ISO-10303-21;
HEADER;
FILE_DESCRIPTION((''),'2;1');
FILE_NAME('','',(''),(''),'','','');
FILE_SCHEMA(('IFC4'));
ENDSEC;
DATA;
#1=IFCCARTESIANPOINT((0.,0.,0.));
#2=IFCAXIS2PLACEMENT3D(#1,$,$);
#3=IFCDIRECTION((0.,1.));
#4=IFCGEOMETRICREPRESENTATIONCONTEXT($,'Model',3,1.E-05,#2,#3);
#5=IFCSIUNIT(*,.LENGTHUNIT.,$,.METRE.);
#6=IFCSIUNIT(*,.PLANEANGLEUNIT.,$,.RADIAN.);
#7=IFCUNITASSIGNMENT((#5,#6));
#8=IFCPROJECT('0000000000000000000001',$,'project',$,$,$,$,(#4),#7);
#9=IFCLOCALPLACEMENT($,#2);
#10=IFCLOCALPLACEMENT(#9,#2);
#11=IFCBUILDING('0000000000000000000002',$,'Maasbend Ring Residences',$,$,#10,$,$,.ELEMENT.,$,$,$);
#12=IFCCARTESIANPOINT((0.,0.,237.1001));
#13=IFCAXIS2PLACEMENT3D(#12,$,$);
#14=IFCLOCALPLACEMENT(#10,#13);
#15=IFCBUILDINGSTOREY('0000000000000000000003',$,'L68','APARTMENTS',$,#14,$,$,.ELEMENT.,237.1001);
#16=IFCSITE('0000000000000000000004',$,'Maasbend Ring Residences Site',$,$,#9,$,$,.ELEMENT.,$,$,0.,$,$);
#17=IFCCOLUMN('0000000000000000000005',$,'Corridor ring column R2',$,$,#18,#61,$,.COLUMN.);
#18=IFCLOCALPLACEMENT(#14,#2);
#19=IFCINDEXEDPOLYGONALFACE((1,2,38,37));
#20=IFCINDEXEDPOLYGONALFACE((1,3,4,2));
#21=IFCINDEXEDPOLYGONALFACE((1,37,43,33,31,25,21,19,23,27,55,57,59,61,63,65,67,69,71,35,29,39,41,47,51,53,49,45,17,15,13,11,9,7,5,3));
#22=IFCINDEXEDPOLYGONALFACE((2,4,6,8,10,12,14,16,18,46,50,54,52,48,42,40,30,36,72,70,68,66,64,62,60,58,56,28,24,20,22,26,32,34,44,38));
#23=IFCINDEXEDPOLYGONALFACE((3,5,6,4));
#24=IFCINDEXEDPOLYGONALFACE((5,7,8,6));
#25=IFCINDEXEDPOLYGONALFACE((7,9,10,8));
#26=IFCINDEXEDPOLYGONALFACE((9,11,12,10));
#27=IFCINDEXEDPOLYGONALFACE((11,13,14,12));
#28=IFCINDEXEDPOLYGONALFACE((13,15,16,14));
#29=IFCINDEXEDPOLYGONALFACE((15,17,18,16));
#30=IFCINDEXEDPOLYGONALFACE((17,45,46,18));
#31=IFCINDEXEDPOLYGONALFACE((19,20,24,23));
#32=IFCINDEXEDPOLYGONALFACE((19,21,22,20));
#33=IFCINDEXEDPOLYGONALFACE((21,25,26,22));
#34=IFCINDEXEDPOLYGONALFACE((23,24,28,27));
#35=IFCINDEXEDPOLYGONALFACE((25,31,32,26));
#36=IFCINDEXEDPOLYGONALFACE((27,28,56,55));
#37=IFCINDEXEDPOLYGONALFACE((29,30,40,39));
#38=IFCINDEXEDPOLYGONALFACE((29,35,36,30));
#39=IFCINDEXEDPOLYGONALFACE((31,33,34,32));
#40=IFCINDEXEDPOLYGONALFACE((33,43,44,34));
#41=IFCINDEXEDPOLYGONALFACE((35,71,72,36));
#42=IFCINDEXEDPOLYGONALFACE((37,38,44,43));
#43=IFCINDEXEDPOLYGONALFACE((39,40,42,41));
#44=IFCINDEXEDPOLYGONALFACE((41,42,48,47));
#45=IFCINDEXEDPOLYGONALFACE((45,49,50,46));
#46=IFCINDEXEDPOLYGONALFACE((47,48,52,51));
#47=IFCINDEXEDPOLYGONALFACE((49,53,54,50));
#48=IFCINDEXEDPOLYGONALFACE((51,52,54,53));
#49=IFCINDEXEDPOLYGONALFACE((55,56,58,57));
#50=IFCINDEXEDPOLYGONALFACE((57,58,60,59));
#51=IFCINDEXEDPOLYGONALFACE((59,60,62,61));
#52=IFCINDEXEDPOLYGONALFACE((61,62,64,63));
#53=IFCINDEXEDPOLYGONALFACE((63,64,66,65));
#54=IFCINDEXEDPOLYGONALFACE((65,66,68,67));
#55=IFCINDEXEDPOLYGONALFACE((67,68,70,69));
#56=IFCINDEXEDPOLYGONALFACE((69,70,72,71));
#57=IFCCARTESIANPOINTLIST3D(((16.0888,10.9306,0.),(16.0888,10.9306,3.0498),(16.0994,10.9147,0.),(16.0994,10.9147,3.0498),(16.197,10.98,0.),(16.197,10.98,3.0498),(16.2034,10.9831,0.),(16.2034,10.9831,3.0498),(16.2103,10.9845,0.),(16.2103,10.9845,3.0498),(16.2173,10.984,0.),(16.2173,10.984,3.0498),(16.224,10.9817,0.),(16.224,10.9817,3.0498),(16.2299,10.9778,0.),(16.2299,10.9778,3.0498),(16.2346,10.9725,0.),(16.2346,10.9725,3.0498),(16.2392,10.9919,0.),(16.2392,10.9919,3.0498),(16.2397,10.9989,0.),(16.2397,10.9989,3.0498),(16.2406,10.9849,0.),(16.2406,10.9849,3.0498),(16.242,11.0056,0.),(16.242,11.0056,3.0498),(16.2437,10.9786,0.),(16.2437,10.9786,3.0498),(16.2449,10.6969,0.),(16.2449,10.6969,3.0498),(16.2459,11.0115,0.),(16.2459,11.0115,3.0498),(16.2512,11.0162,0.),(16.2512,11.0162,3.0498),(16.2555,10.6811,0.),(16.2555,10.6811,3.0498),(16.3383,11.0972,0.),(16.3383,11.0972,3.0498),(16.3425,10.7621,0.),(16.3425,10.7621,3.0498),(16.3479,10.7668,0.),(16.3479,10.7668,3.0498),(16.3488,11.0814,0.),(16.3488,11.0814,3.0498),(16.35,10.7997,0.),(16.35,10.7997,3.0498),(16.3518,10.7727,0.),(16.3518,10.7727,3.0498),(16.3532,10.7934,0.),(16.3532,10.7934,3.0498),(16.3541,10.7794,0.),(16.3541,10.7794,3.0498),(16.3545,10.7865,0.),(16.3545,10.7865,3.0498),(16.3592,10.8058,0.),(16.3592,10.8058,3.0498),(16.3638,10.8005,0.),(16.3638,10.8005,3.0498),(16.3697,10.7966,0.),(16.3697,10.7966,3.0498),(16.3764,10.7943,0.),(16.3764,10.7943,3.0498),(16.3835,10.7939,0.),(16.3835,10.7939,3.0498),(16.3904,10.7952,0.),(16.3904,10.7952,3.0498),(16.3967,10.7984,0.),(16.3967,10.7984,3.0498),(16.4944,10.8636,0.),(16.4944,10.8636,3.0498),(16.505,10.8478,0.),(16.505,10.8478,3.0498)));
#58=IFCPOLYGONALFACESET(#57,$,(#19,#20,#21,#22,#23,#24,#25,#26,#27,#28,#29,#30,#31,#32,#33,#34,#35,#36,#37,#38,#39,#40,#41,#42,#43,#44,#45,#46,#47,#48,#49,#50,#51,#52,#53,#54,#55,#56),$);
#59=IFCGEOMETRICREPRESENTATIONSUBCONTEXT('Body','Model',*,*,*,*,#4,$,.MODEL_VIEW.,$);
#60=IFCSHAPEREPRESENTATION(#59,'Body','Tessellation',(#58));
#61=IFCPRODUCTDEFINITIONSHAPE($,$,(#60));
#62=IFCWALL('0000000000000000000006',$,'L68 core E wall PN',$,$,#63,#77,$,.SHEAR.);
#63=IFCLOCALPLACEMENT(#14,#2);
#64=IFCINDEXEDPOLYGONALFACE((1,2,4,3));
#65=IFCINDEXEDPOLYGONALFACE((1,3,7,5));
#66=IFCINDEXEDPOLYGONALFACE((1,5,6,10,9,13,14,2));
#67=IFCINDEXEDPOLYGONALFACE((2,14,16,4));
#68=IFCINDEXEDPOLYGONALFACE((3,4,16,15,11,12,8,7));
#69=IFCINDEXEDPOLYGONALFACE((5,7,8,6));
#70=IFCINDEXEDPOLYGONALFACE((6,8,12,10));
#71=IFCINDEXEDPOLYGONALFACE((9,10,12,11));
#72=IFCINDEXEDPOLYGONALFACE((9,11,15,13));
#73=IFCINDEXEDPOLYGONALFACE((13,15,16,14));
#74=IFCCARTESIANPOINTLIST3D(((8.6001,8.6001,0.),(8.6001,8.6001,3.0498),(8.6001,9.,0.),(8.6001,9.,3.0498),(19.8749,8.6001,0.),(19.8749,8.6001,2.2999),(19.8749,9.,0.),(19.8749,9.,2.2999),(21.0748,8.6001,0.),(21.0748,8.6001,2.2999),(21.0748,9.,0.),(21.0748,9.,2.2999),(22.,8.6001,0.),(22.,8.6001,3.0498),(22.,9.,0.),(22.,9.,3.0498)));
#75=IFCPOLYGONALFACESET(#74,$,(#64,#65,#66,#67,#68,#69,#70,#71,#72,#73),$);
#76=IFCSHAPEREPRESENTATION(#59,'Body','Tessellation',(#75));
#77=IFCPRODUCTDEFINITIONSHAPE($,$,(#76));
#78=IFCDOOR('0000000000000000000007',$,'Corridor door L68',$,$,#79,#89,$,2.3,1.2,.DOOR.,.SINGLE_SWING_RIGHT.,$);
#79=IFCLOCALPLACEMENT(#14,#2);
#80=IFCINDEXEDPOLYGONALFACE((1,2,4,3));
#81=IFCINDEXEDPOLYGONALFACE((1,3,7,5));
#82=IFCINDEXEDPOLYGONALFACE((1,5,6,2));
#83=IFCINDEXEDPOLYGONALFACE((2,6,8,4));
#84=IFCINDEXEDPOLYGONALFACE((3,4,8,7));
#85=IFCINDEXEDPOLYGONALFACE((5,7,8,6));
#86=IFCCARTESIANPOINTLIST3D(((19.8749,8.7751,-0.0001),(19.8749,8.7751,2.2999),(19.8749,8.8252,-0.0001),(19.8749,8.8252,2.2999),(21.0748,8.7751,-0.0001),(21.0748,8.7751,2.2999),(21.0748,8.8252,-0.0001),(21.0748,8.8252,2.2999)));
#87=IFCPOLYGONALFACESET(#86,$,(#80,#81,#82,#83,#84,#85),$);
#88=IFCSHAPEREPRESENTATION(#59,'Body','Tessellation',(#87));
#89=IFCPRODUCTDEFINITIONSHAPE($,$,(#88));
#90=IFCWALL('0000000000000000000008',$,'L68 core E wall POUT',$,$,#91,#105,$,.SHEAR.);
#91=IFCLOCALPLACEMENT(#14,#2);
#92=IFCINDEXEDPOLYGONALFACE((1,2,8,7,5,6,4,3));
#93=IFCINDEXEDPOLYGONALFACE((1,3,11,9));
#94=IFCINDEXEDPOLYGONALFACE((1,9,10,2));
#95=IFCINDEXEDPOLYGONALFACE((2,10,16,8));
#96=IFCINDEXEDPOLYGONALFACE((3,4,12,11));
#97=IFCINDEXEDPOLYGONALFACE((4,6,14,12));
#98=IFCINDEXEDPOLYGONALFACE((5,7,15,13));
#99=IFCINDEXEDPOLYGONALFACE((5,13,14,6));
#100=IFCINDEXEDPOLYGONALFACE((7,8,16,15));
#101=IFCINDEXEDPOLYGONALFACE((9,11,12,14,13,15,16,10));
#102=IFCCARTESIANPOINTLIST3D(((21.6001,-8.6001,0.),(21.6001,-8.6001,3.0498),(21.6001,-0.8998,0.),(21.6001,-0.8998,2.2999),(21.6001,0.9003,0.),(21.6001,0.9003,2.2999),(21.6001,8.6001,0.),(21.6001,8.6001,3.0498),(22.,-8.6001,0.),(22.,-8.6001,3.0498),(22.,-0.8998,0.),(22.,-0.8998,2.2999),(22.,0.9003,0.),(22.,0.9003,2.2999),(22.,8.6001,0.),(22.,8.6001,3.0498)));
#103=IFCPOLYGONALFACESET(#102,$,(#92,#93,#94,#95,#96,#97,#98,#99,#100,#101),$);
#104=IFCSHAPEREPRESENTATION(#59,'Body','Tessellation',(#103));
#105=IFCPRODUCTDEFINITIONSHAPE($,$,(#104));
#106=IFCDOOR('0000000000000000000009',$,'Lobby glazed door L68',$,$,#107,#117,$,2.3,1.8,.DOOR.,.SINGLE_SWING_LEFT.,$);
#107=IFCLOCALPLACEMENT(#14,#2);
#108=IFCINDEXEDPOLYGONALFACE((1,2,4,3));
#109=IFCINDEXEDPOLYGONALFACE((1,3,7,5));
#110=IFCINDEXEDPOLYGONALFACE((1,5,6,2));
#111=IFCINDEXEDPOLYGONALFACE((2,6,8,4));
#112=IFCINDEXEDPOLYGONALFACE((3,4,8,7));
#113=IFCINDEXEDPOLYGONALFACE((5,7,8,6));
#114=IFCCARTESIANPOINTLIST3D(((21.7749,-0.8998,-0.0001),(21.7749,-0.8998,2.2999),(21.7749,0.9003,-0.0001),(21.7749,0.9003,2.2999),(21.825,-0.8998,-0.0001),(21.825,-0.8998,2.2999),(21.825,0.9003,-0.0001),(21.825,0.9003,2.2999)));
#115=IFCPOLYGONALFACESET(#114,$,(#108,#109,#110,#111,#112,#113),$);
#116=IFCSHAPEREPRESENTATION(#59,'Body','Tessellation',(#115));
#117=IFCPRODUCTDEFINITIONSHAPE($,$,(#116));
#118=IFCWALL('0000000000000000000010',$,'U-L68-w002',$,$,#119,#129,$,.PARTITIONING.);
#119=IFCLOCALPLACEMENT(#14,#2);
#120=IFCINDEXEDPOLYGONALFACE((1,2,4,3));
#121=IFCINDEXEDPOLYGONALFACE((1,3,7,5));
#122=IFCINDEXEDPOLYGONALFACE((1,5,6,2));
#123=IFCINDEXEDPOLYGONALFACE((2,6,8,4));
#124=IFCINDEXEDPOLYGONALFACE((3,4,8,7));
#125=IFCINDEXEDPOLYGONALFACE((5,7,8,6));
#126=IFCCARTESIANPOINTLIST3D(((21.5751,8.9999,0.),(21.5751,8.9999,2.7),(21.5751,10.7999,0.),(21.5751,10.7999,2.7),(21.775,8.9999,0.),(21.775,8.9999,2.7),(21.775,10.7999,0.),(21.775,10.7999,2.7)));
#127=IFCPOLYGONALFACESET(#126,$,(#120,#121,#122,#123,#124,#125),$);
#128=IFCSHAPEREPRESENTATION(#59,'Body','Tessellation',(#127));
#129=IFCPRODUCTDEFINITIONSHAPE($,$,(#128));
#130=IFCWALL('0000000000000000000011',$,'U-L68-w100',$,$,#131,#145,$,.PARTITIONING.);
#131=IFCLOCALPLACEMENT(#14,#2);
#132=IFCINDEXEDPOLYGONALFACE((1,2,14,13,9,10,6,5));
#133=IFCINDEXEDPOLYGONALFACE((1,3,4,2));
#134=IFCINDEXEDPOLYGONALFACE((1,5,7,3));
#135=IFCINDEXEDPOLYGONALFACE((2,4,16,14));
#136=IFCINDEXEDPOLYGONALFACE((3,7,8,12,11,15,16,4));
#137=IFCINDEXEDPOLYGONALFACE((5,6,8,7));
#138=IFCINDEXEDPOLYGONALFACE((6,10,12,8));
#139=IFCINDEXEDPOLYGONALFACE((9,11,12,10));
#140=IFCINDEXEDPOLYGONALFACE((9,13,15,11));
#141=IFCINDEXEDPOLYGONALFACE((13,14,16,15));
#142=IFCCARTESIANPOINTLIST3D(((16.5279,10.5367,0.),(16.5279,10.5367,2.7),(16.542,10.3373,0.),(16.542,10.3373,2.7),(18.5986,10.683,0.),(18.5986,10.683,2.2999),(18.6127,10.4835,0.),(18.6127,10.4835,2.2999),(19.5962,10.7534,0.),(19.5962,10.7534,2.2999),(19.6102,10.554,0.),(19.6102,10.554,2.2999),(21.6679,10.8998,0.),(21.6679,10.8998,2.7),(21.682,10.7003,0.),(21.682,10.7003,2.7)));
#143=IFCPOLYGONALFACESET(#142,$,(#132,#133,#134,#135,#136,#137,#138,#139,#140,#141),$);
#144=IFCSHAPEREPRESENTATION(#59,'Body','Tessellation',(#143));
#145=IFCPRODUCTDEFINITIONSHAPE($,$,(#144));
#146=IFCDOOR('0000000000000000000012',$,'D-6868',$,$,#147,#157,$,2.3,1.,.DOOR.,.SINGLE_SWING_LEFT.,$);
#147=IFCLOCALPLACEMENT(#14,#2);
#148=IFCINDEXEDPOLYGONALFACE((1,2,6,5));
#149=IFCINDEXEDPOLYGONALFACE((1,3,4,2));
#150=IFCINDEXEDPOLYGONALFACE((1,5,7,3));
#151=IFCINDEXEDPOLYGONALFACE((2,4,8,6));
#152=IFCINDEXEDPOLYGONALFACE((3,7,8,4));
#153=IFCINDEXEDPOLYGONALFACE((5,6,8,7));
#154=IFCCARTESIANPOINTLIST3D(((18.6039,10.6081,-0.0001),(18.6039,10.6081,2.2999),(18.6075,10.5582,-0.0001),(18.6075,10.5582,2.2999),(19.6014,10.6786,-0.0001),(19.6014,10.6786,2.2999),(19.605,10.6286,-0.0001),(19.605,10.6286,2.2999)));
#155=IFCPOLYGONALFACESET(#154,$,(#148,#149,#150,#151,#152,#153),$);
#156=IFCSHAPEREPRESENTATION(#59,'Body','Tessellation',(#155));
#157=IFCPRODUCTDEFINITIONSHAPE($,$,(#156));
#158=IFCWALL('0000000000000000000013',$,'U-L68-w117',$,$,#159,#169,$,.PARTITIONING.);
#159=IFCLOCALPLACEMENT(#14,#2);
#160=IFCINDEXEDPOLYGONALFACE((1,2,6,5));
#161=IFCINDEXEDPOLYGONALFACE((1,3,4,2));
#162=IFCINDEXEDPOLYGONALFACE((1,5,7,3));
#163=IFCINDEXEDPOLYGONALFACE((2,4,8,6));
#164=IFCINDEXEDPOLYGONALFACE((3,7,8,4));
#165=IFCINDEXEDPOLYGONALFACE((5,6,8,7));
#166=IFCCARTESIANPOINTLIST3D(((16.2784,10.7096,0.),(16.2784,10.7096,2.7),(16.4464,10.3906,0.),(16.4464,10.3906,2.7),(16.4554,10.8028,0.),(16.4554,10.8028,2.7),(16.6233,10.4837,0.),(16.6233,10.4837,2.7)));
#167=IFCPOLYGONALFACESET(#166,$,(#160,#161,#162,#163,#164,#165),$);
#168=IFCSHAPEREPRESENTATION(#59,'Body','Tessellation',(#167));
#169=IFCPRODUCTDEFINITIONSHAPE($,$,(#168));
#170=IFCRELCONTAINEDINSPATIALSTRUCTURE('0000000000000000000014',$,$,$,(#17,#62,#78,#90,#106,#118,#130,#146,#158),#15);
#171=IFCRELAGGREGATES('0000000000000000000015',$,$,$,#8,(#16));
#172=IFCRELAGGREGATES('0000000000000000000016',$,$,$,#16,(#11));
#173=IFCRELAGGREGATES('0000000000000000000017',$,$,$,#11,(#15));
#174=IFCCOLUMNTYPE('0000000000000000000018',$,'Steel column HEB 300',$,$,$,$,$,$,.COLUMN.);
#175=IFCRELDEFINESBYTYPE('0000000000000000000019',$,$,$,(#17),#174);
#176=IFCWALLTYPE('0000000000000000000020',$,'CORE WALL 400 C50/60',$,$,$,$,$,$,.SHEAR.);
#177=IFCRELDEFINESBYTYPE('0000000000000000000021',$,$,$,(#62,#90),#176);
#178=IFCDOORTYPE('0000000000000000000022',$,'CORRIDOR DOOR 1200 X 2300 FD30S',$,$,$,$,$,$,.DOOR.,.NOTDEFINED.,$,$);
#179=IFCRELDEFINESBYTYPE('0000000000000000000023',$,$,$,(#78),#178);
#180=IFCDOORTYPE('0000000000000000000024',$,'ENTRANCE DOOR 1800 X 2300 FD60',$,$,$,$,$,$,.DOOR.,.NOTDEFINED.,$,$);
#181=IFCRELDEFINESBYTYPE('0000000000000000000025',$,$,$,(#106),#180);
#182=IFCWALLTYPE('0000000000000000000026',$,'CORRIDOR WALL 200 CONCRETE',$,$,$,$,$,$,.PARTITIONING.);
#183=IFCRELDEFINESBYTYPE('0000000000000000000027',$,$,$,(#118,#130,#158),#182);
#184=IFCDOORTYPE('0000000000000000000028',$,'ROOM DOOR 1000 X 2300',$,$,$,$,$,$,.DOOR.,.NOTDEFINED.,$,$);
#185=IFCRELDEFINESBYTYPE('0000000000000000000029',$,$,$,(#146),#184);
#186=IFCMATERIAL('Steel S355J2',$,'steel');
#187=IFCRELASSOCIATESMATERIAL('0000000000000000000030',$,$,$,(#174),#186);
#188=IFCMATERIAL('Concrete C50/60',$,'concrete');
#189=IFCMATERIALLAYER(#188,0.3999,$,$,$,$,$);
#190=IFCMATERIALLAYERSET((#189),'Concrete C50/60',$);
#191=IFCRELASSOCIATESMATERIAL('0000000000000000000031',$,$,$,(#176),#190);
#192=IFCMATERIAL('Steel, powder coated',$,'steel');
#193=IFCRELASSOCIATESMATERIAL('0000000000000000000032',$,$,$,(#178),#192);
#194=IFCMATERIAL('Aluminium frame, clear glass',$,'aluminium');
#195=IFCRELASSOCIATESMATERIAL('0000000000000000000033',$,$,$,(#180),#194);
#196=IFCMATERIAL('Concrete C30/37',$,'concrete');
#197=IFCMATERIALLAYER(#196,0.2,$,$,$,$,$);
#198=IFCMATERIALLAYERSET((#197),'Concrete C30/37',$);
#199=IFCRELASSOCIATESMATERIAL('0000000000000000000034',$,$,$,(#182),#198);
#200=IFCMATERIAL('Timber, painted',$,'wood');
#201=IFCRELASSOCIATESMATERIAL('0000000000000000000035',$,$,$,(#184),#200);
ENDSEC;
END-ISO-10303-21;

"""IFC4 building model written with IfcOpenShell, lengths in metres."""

from ifc_helpers import new_model, si_unit, direction, frame, frame_2d, origin, origin_2d, place, context, subcontext, project, spatial, rectangle, i_section, extrude, material, layer, layer_set, material_profile, profile_set, type_object, element, fill, save


model = new_model("IFC4")

# Units and contexts
model_context = context("Model", 3, precision=1e-05, world=origin(), true_north=direction((0.0, 1.0)))
body_context = subcontext(model_context, "Body", "Model", "MODEL_VIEW")
ifc_project = project(units=[si_unit("LENGTHUNIT", "METRE"), si_unit("PLANEANGLEUNIT", "RADIAN")], contexts=[model_context])

# Site, building, storey
site_placement = place(None, origin())
site = spatial("IfcSite", under=ifc_project, at=site_placement, Name="Maasbend Ring Residences Site", CompositionType="ELEMENT", RefElevation=0.0)
building_placement = place(site_placement, origin())
building = spatial("IfcBuilding", under=site, at=building_placement, Name="Maasbend Ring Residences", CompositionType="ELEMENT")
storey_placement = place(building_placement, frame((0.0, 0.0, 237.1001)))
storey = spatial("IfcBuildingStorey", under=building, at=storey_placement, Name="L68", Description="APARTMENTS", CompositionType="ELEMENT", Elevation=237.1001)

# Column
ifc_material_1 = material(Name="Steel S355J2", Category="steel")
ifc_material_profile = material_profile(ifc_material_1, i_section(OverallWidth=0.3, OverallDepth=0.3, WebThickness=0.011, FlangeThickness=0.019, FilletRadius=0.0271, at=origin_2d()), Name="HEB 300")
ifc_profile_set = profile_set([ifc_material_profile], Name="Steel S355J2")
column_type = type_object("IfcColumnType", Name="Steel column HEB 300", PredefinedType="COLUMN", material=ifc_profile_set)
column_placement = place(storey_placement, frame((16.2969, 10.8892, 0.0), z_axis=(0.0, 0.0, 1.0), x_axis=(0.83147, 0.55557, 0.0)))
element("IfcColumn", 1, at=column_placement, inside=storey, type_object=column_type, Name="Corridor ring column R2", PredefinedType="COLUMN", context=body_context, shape_type="SweptSolid", body=[
    extrude(i_section(OverallWidth=0.3, OverallDepth=0.3, WebThickness=0.011, FlangeThickness=0.019, FilletRadius=0.0271, at=origin_2d()), origin(), (0.0, 0.0, 1.0), 3.0498),
])

# Walls, openings, doors
ifc_material_2 = material(Name="Concrete C50/60", Category="concrete")
ifc_layer_1 = layer(ifc_material_2, 0.3999)
ifc_layer_set_1 = layer_set([ifc_layer_1], Name="Concrete C50/60")
wall_type_1 = type_object("IfcWallType", Name="CORE WALL 400 C50/60", PredefinedType="SHEAR", material=ifc_layer_set_1)
wall_1_placement = place(storey_placement, frame((22.0, 8.8, 0.0), z_axis=(0.0, 0.0, 1.0), x_axis=(-1.0, 0.0, 0.0)))
wall_1 = element("IfcWall", 2, at=wall_1_placement, inside=storey, type_object=wall_type_1, Name="L68 core E wall PN", PredefinedType="SHEAR", context=body_context, shape_type="SweptSolid", body=[
    extrude(rectangle(XDim=13.3999, YDim=0.3999, at=frame_2d((6.7, 0.0))), origin(), (0.0, 0.0, 1.0), 3.0498),
])
opening_1_placement = place(wall_1_placement, frame((0.925, 0.0, 0.0)))
opening_1 = element("IfcOpeningElement", 3, at=opening_1_placement, cuts=wall_1, PredefinedType="OPENING", context=body_context, shape_type="SweptSolid", body=[
    extrude(rectangle(XDim=1.2, YDim=2.3, at=frame_2d((0.6001, 1.1499))), frame((0.0, 0.21, 0.0), z_axis=(0.0, -1.0, 0.0), x_axis=(1.0, 0.0, 0.0)), (0.0, 0.0, 1.0), 0.4199),
])
ifc_material_3 = material(Name="Steel, powder coated", Category="steel")
door_type_1 = type_object("IfcDoorType", Name="CORRIDOR DOOR 1200 X 2300 FD30S", OperationType="NOTDEFINED", PredefinedType="DOOR", material=ifc_material_3)
door_1_placement = place(opening_1_placement, origin())
door_1 = element("IfcDoor", 4, at=door_1_placement, inside=storey, type_object=door_type_1, Name="Corridor door L68", OperationType="SINGLE_SWING_RIGHT", OverallHeight=2.3, OverallWidth=1.2, PredefinedType="DOOR", context=body_context, shape_type="SweptSolid", body=[
    extrude(rectangle(XDim=1.2, YDim=2.3, at=frame_2d((0.6001, 1.1499))), frame((0.0, 0.0249, 0.0), z_axis=(0.0, -1.0, 0.0), x_axis=(1.0, 0.0, 0.0)), (0.0, 0.0, 1.0), 0.05),
])
fill(opening_1, door_1)
wall_2_placement = place(storey_placement, frame((21.8, 8.6001, 0.0), z_axis=(0.0, 0.0, 1.0), x_axis=(0.0, -1.0, 0.0)))
wall_2 = element("IfcWall", 5, at=wall_2_placement, inside=storey, type_object=wall_type_1, Name="L68 core E wall POUT", PredefinedType="SHEAR", context=body_context, shape_type="SweptSolid", body=[
    extrude(rectangle(XDim=17.2002, YDim=0.3999, at=frame_2d((8.6001, 0.0))), origin(), (0.0, 0.0, 1.0), 3.0498),
])
opening_2_placement = place(wall_2_placement, frame((7.7, 0.0, 0.0)))
opening_2 = element("IfcOpeningElement", 6, at=opening_2_placement, cuts=wall_2, PredefinedType="OPENING", context=body_context, shape_type="SweptSolid", body=[
    extrude(rectangle(XDim=1.8, YDim=2.3, at=frame_2d((0.8999, 1.1499))), frame((0.0, 0.21, 0.0), z_axis=(0.0, -1.0, 0.0), x_axis=(1.0, 0.0, 0.0)), (0.0, 0.0, 1.0), 0.4199),
])
ifc_material_4 = material(Name="Aluminium frame, clear glass", Category="aluminium")
door_type_2 = type_object("IfcDoorType", Name="ENTRANCE DOOR 1800 X 2300 FD60", OperationType="NOTDEFINED", PredefinedType="DOOR", material=ifc_material_4)
door_2_placement = place(opening_2_placement, origin())
door_2 = element("IfcDoor", 7, at=door_2_placement, inside=storey, type_object=door_type_2, Name="Lobby glazed door L68", OperationType="SINGLE_SWING_LEFT", OverallHeight=2.3, OverallWidth=1.8, PredefinedType="DOOR", context=body_context, shape_type="SweptSolid", body=[
    extrude(rectangle(XDim=1.8, YDim=2.3, at=frame_2d((0.8999, 1.1499))), frame((0.0, 0.0249, 0.0), z_axis=(0.0, -1.0, 0.0), x_axis=(1.0, 0.0, 0.0)), (0.0, 0.0, 1.0), 0.05),
])
fill(opening_2, door_2)

# Wall
ifc_material_5 = material(Name="Concrete C30/37", Category="concrete")
ifc_layer_2 = layer(ifc_material_5, 0.2)
ifc_layer_set_2 = layer_set([ifc_layer_2], Name="Concrete C30/37")
wall_type_2 = type_object("IfcWallType", Name="CORRIDOR WALL 200 CONCRETE", PredefinedType="PARTITIONING", material=ifc_layer_set_2)
wall_3_placement = place(storey_placement, frame((21.675, 9.0, 0.0), z_axis=(0.0, 0.0, 1.0), x_axis=(0.0, 1.0, 0.0)))
element("IfcWall", 8, at=wall_3_placement, inside=storey, type_object=wall_type_2, Name="U-L68-w002", PredefinedType="PARTITIONING", context=body_context, shape_type="SweptSolid", body=[
    extrude(rectangle(XDim=1.8, YDim=0.2, at=frame_2d((0.8999, 0.0))), origin(), (0.0, 0.0, 1.0), 2.7),
])

# Wall, opening, door
wall_4_placement = place(storey_placement, frame((16.5349, 10.437, 0.0), z_axis=(0.0, 0.0, 1.0), x_axis=(0.997515, 0.070452, 0.0)))
wall_4 = element("IfcWall", 9, at=wall_4_placement, inside=storey, type_object=wall_type_2, Name="U-L68-w100", PredefinedType="PARTITIONING", context=body_context, shape_type="SweptSolid", body=[
    extrude(rectangle(XDim=5.1528, YDim=0.2, at=frame_2d((2.5764, 0.0))), origin(), (0.0, 0.0, 1.0), 2.7),
])
opening_3_placement = place(wall_4_placement, frame((2.0759, 0.0, 0.0)))
opening_3 = element("IfcOpeningElement", 10, at=opening_3_placement, cuts=wall_4, PredefinedType="OPENING", context=body_context, shape_type="SweptSolid", body=[
    extrude(rectangle(XDim=1.0, YDim=2.3, at=frame_2d((0.5, 1.1499))), frame((0.0, 0.1099, 0.0), z_axis=(0.0, -1.0, 0.0), x_axis=(1.0, 0.0, 0.0)), (0.0, 0.0, 1.0), 0.22),
])
ifc_material_6 = material(Name="Timber, painted", Category="wood")
door_type_3 = type_object("IfcDoorType", Name="ROOM DOOR 1000 X 2300", OperationType="NOTDEFINED", PredefinedType="DOOR", material=ifc_material_6)
door_3_placement = place(opening_3_placement, origin())
door_3 = element("IfcDoor", 11, at=door_3_placement, inside=storey, type_object=door_type_3, Name="D-6868", OperationType="SINGLE_SWING_LEFT", OverallHeight=2.3, OverallWidth=1.0, PredefinedType="DOOR", context=body_context, shape_type="SweptSolid", body=[
    extrude(rectangle(XDim=1.0, YDim=2.3, at=frame_2d((0.5, 1.1499))), frame((0.0, 0.0249, 0.0), z_axis=(0.0, -1.0, 0.0), x_axis=(1.0, 0.0, 0.0)), (0.0, 0.0, 1.0), 0.05),
])
fill(opening_3, door_3)

# Wall
wall_5_placement = place(storey_placement, frame((16.3669, 10.7561, 0.0), z_axis=(0.0, 0.0, 1.0), x_axis=(0.465802, -0.884889, 0.0)))
element("IfcWall", 12, at=wall_5_placement, inside=storey, type_object=wall_type_2, Name="U-L68-w117", PredefinedType="PARTITIONING", context=body_context, shape_type="SweptSolid", body=[
    extrude(rectangle(XDim=0.3606, YDim=0.2, at=frame_2d((0.1802, 0.0))), origin(), (0.0, 0.0, 1.0), 2.7),
])

save(model, "model.ifc")
